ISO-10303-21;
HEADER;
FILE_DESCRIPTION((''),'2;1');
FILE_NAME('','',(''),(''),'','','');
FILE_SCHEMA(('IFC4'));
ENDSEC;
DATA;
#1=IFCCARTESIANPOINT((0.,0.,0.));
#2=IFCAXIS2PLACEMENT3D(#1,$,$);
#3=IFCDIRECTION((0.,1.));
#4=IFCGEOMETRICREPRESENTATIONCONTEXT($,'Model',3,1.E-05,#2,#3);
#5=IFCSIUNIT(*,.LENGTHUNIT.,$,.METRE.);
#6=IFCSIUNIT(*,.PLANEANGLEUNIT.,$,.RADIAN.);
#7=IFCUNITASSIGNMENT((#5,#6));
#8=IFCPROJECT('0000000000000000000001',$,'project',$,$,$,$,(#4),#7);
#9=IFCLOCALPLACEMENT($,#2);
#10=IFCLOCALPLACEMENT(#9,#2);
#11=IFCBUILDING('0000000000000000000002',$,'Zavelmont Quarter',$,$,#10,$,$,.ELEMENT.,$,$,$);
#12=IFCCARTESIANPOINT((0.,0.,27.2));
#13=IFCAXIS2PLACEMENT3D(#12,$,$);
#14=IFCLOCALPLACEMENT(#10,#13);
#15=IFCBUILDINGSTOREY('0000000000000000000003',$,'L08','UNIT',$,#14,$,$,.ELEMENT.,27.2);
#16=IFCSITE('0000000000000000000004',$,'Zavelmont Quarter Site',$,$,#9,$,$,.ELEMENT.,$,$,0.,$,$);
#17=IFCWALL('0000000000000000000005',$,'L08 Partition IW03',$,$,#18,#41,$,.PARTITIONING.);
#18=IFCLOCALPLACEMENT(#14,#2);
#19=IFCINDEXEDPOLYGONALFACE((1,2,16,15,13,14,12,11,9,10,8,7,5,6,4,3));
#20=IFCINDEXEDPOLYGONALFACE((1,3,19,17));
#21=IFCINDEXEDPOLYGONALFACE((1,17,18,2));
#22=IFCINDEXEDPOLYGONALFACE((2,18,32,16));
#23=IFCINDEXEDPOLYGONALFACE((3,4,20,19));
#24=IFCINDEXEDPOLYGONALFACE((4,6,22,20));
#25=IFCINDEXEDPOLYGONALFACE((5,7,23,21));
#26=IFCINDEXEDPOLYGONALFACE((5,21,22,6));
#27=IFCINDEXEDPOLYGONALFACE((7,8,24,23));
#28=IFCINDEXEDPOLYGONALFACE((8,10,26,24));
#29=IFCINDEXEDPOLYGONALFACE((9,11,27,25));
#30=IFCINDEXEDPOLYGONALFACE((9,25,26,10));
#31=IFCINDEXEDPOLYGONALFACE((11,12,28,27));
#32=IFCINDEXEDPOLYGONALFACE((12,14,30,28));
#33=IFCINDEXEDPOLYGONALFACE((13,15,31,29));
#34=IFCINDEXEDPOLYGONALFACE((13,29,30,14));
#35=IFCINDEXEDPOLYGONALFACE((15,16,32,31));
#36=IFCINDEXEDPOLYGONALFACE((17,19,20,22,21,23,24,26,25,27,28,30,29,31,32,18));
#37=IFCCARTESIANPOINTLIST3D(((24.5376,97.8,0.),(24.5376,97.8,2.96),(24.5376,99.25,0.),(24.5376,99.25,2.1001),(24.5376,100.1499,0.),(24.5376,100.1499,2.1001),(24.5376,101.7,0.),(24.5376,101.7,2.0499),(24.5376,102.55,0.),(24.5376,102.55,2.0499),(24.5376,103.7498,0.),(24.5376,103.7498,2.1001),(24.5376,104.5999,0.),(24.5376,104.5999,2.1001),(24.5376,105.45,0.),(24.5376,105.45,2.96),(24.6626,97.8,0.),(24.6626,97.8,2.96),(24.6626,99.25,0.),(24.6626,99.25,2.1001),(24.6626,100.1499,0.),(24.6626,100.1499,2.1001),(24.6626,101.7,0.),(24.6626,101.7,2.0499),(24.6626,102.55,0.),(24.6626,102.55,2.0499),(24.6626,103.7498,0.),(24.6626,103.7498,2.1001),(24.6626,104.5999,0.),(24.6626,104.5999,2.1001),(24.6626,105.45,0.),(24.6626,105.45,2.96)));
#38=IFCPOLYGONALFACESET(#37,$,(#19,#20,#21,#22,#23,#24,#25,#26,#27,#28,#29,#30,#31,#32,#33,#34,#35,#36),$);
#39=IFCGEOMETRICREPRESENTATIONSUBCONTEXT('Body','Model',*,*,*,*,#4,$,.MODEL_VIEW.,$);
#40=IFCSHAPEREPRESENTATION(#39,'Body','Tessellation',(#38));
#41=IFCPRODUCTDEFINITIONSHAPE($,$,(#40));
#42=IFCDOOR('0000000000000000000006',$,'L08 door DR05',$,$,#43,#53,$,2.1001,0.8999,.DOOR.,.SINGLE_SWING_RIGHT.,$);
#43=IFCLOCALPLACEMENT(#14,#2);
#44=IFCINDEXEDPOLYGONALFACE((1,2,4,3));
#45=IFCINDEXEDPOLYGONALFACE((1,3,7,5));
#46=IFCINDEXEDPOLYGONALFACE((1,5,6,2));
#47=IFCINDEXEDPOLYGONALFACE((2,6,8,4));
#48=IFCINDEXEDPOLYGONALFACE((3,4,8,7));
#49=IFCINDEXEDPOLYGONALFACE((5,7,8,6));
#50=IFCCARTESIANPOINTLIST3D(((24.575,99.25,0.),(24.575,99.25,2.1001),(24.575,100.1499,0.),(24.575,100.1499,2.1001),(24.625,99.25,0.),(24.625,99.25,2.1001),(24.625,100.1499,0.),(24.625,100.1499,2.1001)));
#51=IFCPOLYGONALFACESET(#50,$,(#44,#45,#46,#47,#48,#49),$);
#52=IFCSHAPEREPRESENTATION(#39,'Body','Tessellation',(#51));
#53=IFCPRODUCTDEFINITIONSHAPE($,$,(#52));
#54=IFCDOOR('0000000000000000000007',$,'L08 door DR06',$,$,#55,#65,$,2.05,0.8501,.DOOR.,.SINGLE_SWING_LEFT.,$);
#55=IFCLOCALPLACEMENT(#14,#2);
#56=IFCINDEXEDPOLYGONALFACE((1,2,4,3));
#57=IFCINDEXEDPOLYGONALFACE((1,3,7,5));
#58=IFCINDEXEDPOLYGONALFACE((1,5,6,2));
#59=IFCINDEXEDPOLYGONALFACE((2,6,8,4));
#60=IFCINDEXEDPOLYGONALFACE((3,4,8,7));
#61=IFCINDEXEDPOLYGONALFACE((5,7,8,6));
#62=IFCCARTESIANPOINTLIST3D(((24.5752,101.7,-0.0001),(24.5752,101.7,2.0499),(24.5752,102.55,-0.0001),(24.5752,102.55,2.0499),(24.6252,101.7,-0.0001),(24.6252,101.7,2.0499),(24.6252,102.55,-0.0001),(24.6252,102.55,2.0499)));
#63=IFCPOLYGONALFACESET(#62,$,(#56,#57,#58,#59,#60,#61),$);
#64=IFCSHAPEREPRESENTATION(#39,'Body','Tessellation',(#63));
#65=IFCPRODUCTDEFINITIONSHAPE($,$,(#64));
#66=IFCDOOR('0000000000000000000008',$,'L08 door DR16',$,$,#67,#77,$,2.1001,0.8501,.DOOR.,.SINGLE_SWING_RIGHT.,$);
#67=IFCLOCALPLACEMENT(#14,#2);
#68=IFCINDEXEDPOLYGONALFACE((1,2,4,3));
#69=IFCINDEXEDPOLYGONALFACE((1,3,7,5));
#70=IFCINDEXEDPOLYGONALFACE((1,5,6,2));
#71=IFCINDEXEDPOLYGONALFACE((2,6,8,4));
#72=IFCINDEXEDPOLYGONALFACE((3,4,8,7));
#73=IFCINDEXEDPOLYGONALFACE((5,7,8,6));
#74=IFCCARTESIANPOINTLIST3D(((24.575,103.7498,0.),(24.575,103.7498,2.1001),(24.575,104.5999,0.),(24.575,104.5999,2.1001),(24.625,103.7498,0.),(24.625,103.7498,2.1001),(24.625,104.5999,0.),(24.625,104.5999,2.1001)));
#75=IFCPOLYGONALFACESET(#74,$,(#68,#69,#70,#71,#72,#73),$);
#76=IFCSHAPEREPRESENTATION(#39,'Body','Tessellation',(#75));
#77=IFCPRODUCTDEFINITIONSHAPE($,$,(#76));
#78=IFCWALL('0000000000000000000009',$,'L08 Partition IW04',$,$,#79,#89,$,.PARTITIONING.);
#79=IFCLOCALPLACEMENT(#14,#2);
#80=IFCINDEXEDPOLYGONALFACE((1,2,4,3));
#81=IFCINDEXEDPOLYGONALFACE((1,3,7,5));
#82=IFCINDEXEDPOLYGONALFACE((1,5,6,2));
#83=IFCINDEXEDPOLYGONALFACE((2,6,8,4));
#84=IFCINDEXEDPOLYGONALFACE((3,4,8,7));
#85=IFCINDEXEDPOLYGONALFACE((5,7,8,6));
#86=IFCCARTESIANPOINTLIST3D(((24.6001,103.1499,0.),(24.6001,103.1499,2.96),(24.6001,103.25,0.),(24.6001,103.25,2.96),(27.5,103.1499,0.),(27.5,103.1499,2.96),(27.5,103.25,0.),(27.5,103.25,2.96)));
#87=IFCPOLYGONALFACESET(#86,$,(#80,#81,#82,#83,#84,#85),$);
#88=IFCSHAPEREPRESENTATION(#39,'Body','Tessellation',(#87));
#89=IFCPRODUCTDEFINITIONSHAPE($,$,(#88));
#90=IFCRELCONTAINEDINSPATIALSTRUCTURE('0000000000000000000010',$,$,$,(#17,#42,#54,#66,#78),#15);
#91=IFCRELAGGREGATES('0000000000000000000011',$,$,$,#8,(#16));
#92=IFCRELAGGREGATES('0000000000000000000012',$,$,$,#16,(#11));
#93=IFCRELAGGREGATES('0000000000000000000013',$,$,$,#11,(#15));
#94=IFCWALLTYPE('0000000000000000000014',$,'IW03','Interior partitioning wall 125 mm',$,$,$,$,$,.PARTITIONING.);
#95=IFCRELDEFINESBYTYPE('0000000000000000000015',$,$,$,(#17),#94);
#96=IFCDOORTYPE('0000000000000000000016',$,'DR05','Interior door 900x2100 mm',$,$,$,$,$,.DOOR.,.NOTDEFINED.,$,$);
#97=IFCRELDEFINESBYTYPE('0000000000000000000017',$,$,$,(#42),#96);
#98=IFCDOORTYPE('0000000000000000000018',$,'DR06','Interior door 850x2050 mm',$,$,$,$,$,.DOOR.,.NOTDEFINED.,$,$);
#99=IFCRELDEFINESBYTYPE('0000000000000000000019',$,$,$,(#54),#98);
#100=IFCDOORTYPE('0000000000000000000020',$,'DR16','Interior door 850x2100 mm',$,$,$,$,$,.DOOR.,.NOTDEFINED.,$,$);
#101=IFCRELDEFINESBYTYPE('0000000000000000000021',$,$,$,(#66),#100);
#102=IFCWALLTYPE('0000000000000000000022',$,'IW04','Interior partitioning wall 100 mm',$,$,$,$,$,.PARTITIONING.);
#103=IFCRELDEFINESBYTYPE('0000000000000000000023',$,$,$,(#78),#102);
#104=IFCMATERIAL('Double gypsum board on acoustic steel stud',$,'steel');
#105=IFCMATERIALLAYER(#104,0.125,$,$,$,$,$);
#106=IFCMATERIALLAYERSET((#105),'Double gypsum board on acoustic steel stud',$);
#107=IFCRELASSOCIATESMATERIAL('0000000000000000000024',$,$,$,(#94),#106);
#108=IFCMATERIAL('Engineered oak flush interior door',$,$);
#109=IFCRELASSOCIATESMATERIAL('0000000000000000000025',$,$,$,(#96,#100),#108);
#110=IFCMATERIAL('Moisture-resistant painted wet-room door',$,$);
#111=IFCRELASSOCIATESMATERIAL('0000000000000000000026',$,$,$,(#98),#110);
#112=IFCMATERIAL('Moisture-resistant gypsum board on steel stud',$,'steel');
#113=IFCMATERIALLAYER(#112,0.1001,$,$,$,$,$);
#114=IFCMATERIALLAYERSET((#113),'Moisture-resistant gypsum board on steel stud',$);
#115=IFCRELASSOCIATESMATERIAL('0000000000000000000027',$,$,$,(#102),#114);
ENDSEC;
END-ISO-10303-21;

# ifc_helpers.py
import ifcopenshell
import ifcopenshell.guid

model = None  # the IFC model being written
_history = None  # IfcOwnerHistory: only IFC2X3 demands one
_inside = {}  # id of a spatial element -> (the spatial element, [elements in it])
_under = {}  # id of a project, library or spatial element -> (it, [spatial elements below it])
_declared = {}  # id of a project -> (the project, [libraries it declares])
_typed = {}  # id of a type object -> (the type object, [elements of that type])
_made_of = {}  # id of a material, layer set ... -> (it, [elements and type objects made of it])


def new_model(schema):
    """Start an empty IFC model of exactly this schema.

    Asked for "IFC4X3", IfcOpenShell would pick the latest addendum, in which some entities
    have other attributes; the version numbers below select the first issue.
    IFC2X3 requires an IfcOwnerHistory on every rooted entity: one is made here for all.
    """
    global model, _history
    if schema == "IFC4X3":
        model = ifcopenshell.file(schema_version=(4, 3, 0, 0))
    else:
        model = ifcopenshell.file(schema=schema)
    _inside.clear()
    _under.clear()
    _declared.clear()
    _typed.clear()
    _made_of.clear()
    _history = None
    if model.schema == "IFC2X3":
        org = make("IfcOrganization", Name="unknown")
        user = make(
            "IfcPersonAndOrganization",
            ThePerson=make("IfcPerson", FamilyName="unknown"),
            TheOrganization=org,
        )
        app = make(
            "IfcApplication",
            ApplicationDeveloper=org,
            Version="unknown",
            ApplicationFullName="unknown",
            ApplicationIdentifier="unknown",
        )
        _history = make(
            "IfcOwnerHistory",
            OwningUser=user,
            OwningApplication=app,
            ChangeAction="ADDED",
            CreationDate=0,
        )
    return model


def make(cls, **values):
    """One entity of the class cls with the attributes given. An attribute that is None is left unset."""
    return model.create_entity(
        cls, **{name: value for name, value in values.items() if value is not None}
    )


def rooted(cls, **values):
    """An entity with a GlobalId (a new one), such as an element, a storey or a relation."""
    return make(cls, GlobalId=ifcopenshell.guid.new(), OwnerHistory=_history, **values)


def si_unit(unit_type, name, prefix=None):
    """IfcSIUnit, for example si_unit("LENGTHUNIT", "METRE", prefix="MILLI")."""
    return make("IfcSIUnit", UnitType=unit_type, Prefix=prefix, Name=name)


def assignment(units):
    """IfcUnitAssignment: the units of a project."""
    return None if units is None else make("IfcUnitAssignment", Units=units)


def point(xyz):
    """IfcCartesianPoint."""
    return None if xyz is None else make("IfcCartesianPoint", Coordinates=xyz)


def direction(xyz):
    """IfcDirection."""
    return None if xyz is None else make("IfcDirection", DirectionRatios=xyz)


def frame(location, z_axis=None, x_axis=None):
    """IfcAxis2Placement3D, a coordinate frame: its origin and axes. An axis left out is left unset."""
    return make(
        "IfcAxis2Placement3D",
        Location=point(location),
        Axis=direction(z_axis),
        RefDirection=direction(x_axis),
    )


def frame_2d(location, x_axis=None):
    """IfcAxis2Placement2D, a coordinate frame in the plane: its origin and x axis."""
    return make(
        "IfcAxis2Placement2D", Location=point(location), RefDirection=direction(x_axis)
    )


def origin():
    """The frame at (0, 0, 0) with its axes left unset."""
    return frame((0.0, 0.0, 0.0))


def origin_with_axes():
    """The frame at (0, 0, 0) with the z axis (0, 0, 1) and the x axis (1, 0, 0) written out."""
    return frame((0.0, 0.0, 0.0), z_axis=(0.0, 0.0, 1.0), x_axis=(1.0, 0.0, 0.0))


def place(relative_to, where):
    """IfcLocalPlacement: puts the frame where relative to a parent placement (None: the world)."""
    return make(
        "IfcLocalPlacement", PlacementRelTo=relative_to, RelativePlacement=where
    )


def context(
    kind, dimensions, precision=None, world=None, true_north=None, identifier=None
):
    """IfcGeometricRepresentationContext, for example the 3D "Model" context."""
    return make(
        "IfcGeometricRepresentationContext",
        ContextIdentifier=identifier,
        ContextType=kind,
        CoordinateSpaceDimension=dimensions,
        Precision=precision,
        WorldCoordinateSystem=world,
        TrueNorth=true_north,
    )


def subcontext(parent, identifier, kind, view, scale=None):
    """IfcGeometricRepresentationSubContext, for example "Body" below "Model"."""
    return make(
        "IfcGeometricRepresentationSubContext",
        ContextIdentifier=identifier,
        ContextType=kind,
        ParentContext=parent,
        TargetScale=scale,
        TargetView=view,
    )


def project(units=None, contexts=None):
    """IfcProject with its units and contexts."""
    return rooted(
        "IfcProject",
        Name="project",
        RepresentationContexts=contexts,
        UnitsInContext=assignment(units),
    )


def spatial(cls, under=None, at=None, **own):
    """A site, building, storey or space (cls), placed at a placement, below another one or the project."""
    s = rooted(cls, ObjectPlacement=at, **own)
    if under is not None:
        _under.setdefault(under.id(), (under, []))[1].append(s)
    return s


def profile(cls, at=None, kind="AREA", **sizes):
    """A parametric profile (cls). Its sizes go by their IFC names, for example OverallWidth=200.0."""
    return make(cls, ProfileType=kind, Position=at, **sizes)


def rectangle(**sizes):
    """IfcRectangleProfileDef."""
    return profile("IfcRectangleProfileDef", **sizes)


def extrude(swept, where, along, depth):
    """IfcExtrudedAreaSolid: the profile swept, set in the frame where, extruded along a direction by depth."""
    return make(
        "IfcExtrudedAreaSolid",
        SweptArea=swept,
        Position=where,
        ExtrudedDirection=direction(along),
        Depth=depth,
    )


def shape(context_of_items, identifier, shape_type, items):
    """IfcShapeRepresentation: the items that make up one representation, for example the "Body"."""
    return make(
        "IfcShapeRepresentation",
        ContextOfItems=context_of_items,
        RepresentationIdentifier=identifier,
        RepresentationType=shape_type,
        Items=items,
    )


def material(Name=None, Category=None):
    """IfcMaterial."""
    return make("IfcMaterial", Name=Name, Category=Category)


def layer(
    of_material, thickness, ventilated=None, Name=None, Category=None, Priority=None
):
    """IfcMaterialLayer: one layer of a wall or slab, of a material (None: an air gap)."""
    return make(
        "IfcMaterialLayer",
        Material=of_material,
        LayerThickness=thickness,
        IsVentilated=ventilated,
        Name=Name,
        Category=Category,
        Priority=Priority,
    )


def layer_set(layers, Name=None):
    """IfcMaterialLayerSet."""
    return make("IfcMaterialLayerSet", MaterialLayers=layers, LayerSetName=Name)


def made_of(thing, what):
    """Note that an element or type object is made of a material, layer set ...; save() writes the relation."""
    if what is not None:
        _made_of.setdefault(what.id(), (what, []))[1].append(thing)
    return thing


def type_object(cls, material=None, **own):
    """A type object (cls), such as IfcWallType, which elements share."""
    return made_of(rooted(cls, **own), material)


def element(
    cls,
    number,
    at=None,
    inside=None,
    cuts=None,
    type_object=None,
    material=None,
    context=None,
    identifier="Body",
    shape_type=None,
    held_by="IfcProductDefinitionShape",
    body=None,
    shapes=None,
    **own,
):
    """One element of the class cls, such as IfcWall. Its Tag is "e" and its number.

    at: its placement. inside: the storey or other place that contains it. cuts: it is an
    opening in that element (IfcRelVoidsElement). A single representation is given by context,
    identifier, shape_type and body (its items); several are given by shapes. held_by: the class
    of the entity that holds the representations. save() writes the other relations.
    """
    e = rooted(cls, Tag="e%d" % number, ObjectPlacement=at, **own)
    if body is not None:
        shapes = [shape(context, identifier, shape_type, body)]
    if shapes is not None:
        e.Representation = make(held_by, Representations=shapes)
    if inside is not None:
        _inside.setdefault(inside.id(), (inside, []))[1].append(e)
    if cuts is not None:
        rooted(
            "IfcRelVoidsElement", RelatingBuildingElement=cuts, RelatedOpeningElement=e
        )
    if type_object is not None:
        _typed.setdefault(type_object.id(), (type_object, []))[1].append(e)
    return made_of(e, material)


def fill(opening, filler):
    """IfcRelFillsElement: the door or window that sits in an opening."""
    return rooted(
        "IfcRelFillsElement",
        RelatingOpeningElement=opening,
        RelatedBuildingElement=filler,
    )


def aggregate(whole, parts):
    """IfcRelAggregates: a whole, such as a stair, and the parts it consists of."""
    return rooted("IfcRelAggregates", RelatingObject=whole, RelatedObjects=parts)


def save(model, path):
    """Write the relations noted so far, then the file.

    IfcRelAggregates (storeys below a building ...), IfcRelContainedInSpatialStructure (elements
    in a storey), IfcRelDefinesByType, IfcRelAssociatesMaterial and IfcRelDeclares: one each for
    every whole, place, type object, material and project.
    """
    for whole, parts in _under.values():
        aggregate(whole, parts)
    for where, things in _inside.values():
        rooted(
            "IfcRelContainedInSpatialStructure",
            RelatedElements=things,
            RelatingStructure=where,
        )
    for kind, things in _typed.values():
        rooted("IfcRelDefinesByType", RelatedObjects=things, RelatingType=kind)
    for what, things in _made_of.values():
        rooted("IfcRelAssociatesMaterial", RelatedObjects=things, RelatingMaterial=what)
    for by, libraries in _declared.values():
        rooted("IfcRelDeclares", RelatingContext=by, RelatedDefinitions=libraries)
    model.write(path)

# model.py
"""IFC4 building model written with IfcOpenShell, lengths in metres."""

from ifc_helpers import new_model, si_unit, direction, frame, frame_2d, origin, origin_with_axes, place, context, subcontext, project, spatial, rectangle, extrude, material, layer, layer_set, type_object, element, fill, save


model = new_model("IFC4")

# Units and contexts
model_context = context("Model", 3, precision=1e-05, world=origin(), true_north=direction((0.0, 1.0)))
body_context = subcontext(model_context, "Body", "Model", "MODEL_VIEW")
ifc_project = project(units=[si_unit("LENGTHUNIT", "METRE"), si_unit("PLANEANGLEUNIT", "RADIAN")], contexts=[model_context])

# Site, building, storey
site_placement = place(None, origin())
site = spatial("IfcSite", under=ifc_project, at=site_placement, Name="Zavelmont Quarter Site", CompositionType="ELEMENT", RefElevation=0.0)
building_placement = place(site_placement, origin())
building = spatial("IfcBuilding", under=site, at=building_placement, Name="Zavelmont Quarter", CompositionType="ELEMENT")
storey_placement = place(building_placement, frame((0.0, 0.0, 27.2)))
storey = spatial("IfcBuildingStorey", under=building, at=storey_placement, Name="L08", Description="UNIT", CompositionType="ELEMENT", Elevation=27.2)

# Wall, openings, doors
ifc_material_1 = material(Name="Double gypsum board on acoustic steel stud", Category="steel")
ifc_layer_1 = layer(ifc_material_1, 0.125)
ifc_layer_set_1 = layer_set([ifc_layer_1], Name="Double gypsum board on acoustic steel stud")
wall_type_1 = type_object("IfcWallType", Name="IW03", Description="Interior partitioning wall 125 mm", PredefinedType="PARTITIONING", material=ifc_layer_set_1)
wall_1_placement = place(storey_placement, frame((24.6001, 105.45, 0.0), z_axis=(0.0, 0.0, 1.0), x_axis=(0.0, -1.0, 0.0)))
wall_1 = element("IfcWall", 1, at=wall_1_placement, inside=storey, type_object=wall_type_1, Name="L08 Partition IW03", PredefinedType="PARTITIONING", context=body_context, shape_type="SweptSolid", body=[
    extrude(rectangle(XDim=7.6499, YDim=0.125, at=frame_2d((3.825, 0.0))), origin(), (0.0, 0.0, 1.0), 2.96),
])
opening_1_placement = place(wall_1_placement, frame((0.8501, 0.0, 0.0)))
opening_1 = element("IfcOpeningElement", 2, at=opening_1_placement, cuts=wall_1, PredefinedType="OPENING", context=body_context, shape_type="SweptSolid", body=[
    extrude(rectangle(XDim=0.8501, YDim=2.1001, at=frame_2d((0.425, 1.05))), frame((0.0, 0.0745, 0.0), z_axis=(0.0, -1.0, 0.0), x_axis=(1.0, 0.0, 0.0)), (0.0, 0.0, 1.0), 0.1489),
])
opening_2_placement = place(wall_1_placement, frame((2.8999, 0.0, 0.0)))
opening_2 = element("IfcOpeningElement", 3, at=opening_2_placement, cuts=wall_1, PredefinedType="OPENING", context=body_context, shape_type="SweptSolid", body=[
    extrude(rectangle(XDim=0.8501, YDim=2.05, at=frame_2d((0.425, 1.0249))), frame((0.0, 0.0745, 0.0), z_axis=(0.0, -1.0, 0.0), x_axis=(1.0, 0.0, 0.0)), (0.0, 0.0, 1.0), 0.1489),
])
opening_3_placement = place(wall_1_placement, frame((5.3, 0.0, 0.0)))
opening_3 = element("IfcOpeningElement", 4, at=opening_3_placement, cuts=wall_1, PredefinedType="OPENING", context=body_context, shape_type="SweptSolid", body=[
    extrude(rectangle(XDim=0.8999, YDim=2.1001, at=frame_2d((0.45, 1.05))), frame((0.0, 0.0745, 0.0), z_axis=(0.0, -1.0, 0.0), x_axis=(1.0, 0.0, 0.0)), (0.0, 0.0, 1.0), 0.1489),
])
ifc_material_2 = material(Name="Engineered oak flush interior door")
door_type_1 = type_object("IfcDoorType", Name="DR05", Description="Interior door 900x2100 mm", OperationType="NOTDEFINED", PredefinedType="DOOR", material=ifc_material_2)
door_1_placement = place(opening_3_placement, origin_with_axes())
door_1 = element("IfcDoor", 5, at=door_1_placement, inside=storey, type_object=door_type_1, Name="L08 door DR05", OperationType="SINGLE_SWING_RIGHT", OverallHeight=2.1001, OverallWidth=0.8999, PredefinedType="DOOR", context=body_context, shape_type="SweptSolid", body=[
    extrude(rectangle(XDim=0.8999, YDim=2.1001, at=frame_2d((0.45, 1.05))), frame((0.0, 0.0249, 0.0), z_axis=(0.0, -1.0, 0.0), x_axis=(1.0, 0.0, 0.0)), (0.0, 0.0, 1.0), 0.05),
])
fill(opening_3, door_1)
ifc_material_3 = material(Name="Moisture-resistant painted wet-room door")
door_type_2 = type_object("IfcDoorType", Name="DR06", Description="Interior door 850x2050 mm", OperationType="NOTDEFINED", PredefinedType="DOOR", material=ifc_material_3)
door_2_placement = place(opening_2_placement, frame((0.8501, 0.0, 0.0), z_axis=(0.0, 0.0, 1.0), x_axis=(-1.0, 0.0, 0.0)))
door_2 = element("IfcDoor", 6, at=door_2_placement, inside=storey, type_object=door_type_2, Name="L08 door DR06", OperationType="SINGLE_SWING_LEFT", OverallHeight=2.05, OverallWidth=0.8501, PredefinedType="DOOR", context=body_context, shape_type="SweptSolid", body=[
    extrude(rectangle(XDim=0.8501, YDim=2.05, at=frame_2d((0.425, 1.0249))), frame((0.0, 0.0249, 0.0), z_axis=(0.0, -1.0, 0.0), x_axis=(1.0, 0.0, 0.0)), (0.0, 0.0, 1.0), 0.05),
])
fill(opening_2, door_2)
door_type_3 = type_object("IfcDoorType", Name="DR16", Description="Interior door 850x2100 mm", OperationType="NOTDEFINED", PredefinedType="DOOR", material=ifc_material_2)
door_3_placement = place(opening_1_placement, origin_with_axes())
door_3 = element("IfcDoor", 7, at=door_3_placement, inside=storey, type_object=door_type_3, Name="L08 door DR16", OperationType="SINGLE_SWING_RIGHT", OverallHeight=2.1001, OverallWidth=0.8501, PredefinedType="DOOR", context=body_context, shape_type="SweptSolid", body=[
    extrude(rectangle(XDim=0.8501, YDim=2.1001, at=frame_2d((0.425, 1.05))), frame((0.0, 0.0249, 0.0), z_axis=(0.0, -1.0, 0.0), x_axis=(1.0, 0.0, 0.0)), (0.0, 0.0, 1.0), 0.05),
])
fill(opening_1, door_3)

# Wall
ifc_material_4 = material(Name="Moisture-resistant gypsum board on steel stud", Category="steel")
ifc_layer_2 = layer(ifc_material_4, 0.1001)
ifc_layer_set_2 = layer_set([ifc_layer_2], Name="Moisture-resistant gypsum board on steel stud")
wall_type_2 = type_object("IfcWallType", Name="IW04", Description="Interior partitioning wall 100 mm", PredefinedType="PARTITIONING", material=ifc_layer_set_2)
wall_2_placement = place(storey_placement, frame((24.6001, 103.2, 0.0), z_axis=(0.0, 0.0, 1.0), x_axis=(1.0, 0.0, 0.0)))
element("IfcWall", 8, at=wall_2_placement, inside=storey, type_object=wall_type_2, Name="L08 Partition IW04", PredefinedType="PARTITIONING", context=body_context, shape_type="SweptSolid", body=[
    extrude(rectangle(XDim=2.8999, YDim=0.1001, at=frame_2d((1.45, 0.0))), origin(), (0.0, 0.0, 1.0), 2.96),
])

save(model, "model.ifc")
